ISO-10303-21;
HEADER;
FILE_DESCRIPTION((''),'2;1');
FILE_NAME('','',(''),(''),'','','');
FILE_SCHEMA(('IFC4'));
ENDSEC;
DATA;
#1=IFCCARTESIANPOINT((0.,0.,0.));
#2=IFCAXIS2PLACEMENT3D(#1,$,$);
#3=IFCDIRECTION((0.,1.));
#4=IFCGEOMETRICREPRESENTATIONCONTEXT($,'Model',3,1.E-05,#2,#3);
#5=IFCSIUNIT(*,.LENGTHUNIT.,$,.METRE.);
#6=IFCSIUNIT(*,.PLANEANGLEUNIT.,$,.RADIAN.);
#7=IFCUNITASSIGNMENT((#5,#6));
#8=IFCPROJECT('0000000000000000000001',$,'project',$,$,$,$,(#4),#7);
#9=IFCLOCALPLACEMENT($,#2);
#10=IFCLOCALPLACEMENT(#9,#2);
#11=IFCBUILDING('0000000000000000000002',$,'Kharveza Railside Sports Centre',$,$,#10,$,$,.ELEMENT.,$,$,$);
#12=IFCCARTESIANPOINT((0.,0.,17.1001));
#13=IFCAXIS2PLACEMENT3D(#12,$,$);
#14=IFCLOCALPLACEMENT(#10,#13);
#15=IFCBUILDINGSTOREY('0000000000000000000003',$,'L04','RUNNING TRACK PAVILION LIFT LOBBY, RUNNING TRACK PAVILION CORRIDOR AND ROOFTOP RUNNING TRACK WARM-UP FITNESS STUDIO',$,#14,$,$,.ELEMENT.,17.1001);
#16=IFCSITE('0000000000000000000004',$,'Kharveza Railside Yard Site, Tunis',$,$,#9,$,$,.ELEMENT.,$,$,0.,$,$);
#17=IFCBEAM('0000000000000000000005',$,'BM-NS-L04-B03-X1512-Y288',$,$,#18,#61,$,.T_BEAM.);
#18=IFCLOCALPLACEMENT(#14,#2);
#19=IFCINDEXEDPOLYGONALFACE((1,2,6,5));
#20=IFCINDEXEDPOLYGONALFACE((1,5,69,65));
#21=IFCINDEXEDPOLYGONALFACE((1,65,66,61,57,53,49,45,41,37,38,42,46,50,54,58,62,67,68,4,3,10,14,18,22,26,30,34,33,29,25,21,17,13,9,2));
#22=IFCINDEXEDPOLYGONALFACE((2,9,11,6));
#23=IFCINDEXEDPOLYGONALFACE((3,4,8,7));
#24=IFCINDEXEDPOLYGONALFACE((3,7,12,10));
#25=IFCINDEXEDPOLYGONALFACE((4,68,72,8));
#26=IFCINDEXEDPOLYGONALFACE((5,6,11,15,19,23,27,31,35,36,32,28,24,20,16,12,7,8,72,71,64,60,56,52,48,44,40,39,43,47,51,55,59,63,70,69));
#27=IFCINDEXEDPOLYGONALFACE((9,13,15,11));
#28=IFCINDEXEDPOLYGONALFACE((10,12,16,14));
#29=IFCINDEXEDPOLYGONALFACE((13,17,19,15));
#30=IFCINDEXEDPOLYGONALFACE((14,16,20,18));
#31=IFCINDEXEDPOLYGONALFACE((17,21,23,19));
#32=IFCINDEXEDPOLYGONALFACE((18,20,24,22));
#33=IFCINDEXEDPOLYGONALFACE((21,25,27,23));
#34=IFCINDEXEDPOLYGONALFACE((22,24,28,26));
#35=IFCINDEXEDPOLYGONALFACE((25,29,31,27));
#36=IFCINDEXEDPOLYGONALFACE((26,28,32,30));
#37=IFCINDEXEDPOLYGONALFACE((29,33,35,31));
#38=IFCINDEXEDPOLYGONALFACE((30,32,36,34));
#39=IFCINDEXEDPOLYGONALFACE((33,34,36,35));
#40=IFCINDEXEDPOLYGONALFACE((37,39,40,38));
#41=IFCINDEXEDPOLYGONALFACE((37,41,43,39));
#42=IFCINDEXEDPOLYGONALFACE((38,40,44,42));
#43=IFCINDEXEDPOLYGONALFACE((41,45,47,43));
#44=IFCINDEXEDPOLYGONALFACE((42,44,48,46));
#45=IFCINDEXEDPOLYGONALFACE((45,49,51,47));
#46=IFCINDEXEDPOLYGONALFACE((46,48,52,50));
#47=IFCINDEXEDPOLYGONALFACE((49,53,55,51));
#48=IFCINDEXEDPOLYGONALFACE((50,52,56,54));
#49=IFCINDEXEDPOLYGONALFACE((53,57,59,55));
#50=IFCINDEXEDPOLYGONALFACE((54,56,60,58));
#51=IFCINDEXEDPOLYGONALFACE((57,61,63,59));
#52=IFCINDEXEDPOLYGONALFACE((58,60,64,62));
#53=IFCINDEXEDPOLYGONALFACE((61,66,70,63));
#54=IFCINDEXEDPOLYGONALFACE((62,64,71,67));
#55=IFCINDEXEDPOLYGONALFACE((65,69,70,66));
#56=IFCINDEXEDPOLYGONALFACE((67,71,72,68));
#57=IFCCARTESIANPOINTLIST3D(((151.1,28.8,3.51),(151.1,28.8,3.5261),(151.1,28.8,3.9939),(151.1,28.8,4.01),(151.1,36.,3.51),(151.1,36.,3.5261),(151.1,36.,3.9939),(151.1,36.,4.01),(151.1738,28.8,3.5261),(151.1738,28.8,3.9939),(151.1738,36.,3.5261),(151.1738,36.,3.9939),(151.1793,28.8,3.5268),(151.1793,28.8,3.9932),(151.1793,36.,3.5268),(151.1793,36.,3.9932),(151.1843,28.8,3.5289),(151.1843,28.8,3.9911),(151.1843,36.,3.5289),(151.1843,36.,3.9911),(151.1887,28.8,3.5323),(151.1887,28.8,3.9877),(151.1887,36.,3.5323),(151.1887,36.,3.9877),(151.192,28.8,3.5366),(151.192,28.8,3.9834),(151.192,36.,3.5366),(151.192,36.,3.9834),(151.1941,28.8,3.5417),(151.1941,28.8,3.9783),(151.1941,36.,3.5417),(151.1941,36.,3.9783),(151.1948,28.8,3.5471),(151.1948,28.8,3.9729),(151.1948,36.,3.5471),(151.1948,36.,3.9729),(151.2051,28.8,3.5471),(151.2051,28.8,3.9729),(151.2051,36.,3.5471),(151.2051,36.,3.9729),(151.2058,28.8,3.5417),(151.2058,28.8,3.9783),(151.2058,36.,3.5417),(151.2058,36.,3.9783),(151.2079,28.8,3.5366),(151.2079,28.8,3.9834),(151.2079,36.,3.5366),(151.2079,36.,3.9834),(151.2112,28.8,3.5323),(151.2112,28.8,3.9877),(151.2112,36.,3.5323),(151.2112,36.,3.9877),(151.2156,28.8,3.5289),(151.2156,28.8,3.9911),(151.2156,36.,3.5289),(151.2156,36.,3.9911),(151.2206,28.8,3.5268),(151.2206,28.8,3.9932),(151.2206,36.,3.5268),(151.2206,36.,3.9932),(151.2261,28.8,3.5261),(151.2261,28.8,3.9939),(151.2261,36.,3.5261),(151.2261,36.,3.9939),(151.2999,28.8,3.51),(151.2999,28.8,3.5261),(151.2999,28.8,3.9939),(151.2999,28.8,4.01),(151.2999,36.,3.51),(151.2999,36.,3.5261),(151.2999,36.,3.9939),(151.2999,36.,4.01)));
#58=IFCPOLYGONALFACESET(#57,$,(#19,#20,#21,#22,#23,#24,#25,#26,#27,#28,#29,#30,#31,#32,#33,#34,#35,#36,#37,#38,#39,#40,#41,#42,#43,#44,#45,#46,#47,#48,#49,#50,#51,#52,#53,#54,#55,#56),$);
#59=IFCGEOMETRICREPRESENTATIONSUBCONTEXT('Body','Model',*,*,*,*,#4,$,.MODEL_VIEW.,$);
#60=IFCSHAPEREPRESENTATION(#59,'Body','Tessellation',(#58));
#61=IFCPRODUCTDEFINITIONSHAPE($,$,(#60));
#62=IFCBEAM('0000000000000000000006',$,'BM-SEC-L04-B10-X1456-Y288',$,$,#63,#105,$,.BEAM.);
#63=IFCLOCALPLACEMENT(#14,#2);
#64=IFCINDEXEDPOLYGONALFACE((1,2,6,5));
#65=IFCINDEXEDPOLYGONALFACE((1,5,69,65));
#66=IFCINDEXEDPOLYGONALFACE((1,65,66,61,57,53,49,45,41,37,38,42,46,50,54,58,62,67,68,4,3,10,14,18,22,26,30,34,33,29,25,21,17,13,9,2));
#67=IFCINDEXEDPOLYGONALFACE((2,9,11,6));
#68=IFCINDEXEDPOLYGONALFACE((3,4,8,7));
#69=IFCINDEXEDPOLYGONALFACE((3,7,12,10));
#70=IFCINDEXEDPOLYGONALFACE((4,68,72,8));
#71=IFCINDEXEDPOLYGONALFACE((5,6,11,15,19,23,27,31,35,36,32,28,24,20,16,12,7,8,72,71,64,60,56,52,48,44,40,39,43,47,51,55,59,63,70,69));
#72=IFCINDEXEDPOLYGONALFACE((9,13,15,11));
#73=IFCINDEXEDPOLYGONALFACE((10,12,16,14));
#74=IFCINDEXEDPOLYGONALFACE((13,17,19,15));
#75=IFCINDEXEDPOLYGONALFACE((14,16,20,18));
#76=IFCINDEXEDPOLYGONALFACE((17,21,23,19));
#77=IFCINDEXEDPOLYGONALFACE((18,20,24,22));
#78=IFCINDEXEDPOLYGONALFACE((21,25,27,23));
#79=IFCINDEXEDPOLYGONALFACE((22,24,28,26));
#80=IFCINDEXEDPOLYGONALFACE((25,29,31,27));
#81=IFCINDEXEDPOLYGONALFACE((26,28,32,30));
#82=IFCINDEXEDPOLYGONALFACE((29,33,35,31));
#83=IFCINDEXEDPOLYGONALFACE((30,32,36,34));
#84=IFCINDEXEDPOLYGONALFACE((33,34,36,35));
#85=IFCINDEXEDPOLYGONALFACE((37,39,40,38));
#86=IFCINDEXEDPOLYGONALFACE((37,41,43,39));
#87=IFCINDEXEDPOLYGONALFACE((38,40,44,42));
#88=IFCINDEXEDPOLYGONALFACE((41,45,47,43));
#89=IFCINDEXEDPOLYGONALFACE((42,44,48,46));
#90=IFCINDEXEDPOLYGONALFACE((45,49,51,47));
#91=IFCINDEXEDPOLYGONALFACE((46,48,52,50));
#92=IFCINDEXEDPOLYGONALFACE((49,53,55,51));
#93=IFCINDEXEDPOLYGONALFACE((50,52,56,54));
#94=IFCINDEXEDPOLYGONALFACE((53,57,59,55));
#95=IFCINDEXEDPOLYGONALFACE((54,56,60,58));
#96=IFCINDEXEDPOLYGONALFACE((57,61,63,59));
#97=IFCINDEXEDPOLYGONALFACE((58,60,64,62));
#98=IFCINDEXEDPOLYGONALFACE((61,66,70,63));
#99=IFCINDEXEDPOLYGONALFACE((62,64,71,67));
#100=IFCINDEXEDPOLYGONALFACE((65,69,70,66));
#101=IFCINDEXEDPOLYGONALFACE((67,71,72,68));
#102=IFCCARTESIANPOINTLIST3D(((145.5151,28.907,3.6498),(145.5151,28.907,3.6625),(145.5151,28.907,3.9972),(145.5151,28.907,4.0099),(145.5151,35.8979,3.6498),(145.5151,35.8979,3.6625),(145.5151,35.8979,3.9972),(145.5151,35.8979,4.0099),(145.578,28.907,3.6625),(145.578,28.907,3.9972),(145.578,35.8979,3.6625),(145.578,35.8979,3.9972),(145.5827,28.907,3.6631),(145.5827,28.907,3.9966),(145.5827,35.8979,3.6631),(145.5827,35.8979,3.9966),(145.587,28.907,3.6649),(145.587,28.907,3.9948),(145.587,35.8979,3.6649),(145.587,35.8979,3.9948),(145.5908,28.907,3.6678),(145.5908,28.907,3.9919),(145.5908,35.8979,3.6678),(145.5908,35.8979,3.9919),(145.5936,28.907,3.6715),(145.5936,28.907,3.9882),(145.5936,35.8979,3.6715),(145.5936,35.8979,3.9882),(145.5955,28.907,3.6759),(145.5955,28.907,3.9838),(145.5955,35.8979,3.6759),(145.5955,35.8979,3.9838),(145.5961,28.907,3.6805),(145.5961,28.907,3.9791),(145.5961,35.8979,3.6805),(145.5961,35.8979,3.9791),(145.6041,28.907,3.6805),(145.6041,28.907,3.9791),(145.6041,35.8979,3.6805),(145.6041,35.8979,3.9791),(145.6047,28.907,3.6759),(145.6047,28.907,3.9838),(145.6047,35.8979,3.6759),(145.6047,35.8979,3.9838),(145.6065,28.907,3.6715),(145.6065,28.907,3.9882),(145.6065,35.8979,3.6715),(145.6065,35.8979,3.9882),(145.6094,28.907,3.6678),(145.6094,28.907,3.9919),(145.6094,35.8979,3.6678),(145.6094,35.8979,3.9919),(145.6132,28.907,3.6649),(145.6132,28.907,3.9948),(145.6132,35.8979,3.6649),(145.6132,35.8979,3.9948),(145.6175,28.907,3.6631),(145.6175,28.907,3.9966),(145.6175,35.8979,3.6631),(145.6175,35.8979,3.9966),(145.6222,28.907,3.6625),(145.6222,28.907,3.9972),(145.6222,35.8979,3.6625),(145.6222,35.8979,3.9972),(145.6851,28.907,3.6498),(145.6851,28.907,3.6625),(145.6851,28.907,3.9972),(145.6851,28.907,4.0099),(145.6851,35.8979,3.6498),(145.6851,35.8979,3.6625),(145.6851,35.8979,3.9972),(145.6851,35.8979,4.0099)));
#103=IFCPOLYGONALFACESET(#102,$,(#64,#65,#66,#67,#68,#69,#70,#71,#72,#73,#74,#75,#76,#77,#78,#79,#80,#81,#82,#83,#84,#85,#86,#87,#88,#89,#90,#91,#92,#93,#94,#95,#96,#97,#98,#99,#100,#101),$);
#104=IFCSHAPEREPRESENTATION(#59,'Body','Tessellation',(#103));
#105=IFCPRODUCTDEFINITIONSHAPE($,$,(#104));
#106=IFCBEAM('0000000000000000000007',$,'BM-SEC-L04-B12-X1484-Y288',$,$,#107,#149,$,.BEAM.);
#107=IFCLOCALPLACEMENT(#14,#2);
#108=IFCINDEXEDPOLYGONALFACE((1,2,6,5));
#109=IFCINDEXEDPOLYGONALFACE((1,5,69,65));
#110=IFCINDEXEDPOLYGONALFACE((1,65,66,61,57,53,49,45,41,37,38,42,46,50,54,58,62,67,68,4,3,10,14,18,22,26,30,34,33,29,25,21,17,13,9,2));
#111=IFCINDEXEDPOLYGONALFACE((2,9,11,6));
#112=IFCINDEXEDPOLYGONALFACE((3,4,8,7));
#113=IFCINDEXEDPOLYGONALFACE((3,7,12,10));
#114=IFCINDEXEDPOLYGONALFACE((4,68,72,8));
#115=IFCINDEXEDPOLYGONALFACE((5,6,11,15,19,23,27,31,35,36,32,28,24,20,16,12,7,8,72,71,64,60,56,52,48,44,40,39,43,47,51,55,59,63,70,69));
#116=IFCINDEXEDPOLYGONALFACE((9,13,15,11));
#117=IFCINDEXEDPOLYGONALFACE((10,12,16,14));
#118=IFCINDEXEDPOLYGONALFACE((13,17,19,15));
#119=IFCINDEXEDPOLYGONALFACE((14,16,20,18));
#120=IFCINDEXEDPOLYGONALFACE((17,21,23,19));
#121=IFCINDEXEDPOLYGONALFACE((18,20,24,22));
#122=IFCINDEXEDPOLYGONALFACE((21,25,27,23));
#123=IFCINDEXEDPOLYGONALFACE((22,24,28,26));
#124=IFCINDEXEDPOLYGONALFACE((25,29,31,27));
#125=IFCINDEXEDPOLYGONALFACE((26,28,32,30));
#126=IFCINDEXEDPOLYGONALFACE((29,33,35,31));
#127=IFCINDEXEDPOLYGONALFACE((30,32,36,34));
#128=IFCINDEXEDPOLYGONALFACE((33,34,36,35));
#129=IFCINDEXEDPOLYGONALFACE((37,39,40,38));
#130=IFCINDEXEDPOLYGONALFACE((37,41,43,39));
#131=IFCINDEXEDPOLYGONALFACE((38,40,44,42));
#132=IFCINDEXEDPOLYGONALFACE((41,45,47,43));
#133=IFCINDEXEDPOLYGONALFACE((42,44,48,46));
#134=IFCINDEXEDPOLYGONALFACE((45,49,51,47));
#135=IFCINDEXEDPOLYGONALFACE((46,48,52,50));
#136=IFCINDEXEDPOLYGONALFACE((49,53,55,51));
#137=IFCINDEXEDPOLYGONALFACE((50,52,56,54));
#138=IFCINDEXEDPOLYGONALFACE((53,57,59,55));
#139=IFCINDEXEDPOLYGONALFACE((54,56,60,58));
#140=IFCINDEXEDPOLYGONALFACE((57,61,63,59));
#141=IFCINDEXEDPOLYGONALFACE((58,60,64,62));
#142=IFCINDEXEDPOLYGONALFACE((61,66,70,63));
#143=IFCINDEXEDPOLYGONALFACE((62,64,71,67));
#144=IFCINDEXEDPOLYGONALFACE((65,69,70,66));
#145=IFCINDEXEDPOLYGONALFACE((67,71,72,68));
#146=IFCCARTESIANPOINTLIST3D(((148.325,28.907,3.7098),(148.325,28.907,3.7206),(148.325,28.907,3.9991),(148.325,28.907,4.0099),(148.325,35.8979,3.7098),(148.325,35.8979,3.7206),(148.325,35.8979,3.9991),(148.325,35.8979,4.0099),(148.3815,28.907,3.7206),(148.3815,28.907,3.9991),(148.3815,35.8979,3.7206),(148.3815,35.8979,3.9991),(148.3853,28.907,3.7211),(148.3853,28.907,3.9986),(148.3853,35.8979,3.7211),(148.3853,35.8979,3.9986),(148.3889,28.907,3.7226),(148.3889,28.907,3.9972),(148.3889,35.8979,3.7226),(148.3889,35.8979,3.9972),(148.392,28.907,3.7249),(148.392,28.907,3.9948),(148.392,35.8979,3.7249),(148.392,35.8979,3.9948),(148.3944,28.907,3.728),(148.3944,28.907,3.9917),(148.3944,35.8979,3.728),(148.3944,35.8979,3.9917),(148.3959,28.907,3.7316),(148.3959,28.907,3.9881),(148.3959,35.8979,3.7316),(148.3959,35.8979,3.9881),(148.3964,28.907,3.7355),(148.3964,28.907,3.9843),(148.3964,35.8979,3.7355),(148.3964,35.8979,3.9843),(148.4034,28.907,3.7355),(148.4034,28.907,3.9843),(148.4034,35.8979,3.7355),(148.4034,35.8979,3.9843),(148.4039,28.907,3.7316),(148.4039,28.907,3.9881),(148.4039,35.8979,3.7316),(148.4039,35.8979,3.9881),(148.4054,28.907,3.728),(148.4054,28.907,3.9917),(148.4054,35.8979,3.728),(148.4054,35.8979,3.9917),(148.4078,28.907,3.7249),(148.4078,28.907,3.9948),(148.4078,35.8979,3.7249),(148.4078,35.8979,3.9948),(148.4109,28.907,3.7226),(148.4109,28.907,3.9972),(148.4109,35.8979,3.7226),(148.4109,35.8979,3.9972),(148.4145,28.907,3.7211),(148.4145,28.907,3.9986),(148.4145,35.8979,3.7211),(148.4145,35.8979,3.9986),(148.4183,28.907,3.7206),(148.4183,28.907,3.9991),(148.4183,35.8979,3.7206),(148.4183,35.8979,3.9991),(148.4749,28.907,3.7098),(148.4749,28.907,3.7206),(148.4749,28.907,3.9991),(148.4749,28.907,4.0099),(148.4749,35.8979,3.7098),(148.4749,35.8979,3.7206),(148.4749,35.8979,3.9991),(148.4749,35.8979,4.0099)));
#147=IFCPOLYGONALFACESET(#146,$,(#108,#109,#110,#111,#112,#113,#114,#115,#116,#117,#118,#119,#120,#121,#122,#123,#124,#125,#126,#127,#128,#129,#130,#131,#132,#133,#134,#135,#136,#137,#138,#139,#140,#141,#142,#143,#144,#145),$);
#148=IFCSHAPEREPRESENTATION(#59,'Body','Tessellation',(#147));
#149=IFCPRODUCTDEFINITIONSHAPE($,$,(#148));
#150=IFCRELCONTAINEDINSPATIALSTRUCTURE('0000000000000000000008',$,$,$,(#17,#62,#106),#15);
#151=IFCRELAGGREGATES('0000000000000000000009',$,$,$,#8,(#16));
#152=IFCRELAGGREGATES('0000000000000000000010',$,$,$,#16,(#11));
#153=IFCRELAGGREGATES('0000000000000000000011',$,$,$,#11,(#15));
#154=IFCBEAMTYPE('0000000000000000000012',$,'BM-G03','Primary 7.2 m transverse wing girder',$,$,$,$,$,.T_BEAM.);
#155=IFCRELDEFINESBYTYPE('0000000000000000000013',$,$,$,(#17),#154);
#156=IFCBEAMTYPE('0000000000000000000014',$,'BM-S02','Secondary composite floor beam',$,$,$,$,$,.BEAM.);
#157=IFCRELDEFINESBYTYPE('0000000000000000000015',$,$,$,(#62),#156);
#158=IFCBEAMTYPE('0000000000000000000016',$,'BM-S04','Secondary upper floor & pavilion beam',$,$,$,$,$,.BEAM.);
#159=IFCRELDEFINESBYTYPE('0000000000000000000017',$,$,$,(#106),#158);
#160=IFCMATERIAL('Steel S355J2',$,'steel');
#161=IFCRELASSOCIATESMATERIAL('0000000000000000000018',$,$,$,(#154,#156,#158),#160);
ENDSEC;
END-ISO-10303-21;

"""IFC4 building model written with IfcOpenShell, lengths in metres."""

from ifc_helpers import new_model, si_unit, direction, frame, origin, origin_2d, place, context, subcontext, project, spatial, i_section, extrude, material, material_profile, profile_set, type_object, element, save


model = new_model("IFC4")

# Units and contexts
model_context = context("Model", 3, precision=1e-05, world=origin(), true_north=direction((0.0, 1.0)))
body_context = subcontext(model_context, "Body", "Model", "MODEL_VIEW")
ifc_project = project(units=[si_unit("LENGTHUNIT", "METRE"), si_unit("PLANEANGLEUNIT", "RADIAN")], contexts=[model_context])

# Site, building, storey
site_placement = place(None, origin())
site = spatial("IfcSite", under=ifc_project, at=site_placement, Name="Kharveza Railside Yard Site, Tunis", CompositionType="ELEMENT", RefElevation=0.0)
building_placement = place(site_placement, origin())
building = spatial("IfcBuilding", under=site, at=building_placement, Name="Kharveza Railside Sports Centre", CompositionType="ELEMENT")
storey_placement = place(building_placement, frame((0.0, 0.0, 17.1001)))
storey = spatial("IfcBuildingStorey", under=building, at=storey_placement, Name="L04", Description="RUNNING TRACK PAVILION LIFT LOBBY, RUNNING TRACK PAVILION CORRIDOR AND ROOFTOP RUNNING TRACK WARM-UP FITNESS STUDIO", CompositionType="ELEMENT", Elevation=17.1001)

# Shared definitions
ifc_material_1 = material(Name="Steel S355J2", Category="steel")

# Beams
ifc_material_profile_1 = material_profile(ifc_material_1, i_section(OverallWidth=0.2, OverallDepth=0.5, WebThickness=0.0103, FlangeThickness=0.0161, FilletRadius=0.021, at=origin_2d()), Name="IPE 500")
ifc_profile_set_1 = profile_set([ifc_material_profile_1], Name="Steel S355J2")
beam_type_1 = type_object("IfcBeamType", Name="BM-G03", Description="Primary 7.2 m transverse wing girder", PredefinedType="T_BEAM", material=ifc_profile_set_1)
beam_1_placement = place(storey_placement, frame((151.2, 28.8, 3.76), z_axis=(0.0, 1.0, 0.0), x_axis=(-1.0, 0.0, 0.0)))
element("IfcBeam", 1, at=beam_1_placement, inside=storey, type_object=beam_type_1, Name="BM-NS-L04-B03-X1512-Y288", PredefinedType="T_BEAM", context=body_context, shape_type="SweptSolid", body=[
    extrude(i_section(OverallWidth=0.2, OverallDepth=0.5, WebThickness=0.0103, FlangeThickness=0.0161, FilletRadius=0.021, at=origin_2d()), origin(), (0.0, 0.0, 1.0), 7.2),
])
ifc_material_profile_2 = material_profile(ifc_material_1, i_section(OverallWidth=0.1699, OverallDepth=0.3601, WebThickness=0.0081, FlangeThickness=0.0127, FilletRadius=0.0181, at=origin_2d()), Name="IPE 360")
ifc_profile_set_2 = profile_set([ifc_material_profile_2], Name="Steel S355J2")
beam_type_2 = type_object("IfcBeamType", Name="BM-S02", Description="Secondary composite floor beam", PredefinedType="BEAM", material=ifc_profile_set_2)
beam_2_placement = place(storey_placement, frame((145.6001, 28.907, 3.8298), z_axis=(0.0, 1.0, 0.0), x_axis=(-1.0, 0.0, 0.0)))
element("IfcBeam", 2, at=beam_2_placement, inside=storey, type_object=beam_type_2, Name="BM-SEC-L04-B10-X1456-Y288", PredefinedType="BEAM", context=body_context, shape_type="SweptSolid", body=[
    extrude(i_section(OverallWidth=0.1699, OverallDepth=0.3601, WebThickness=0.0081, FlangeThickness=0.0127, FilletRadius=0.0181, at=origin_2d()), origin(), (0.0, 0.0, 1.0), 6.991),
])
ifc_material_profile_3 = material_profile(ifc_material_1, i_section(OverallWidth=0.1499, OverallDepth=0.3, WebThickness=0.0071, FlangeThickness=0.0107, FilletRadius=0.0149, at=origin_2d()), Name="IPE 300")
ifc_profile_set_3 = profile_set([ifc_material_profile_3], Name="Steel S355J2")
beam_type_3 = type_object("IfcBeamType", Name="BM-S04", Description="Secondary upper floor & pavilion beam", PredefinedType="BEAM", material=ifc_profile_set_3)
beam_3_placement = place(storey_placement, frame((148.3999, 28.907, 3.8599), z_axis=(0.0, 1.0, 0.0), x_axis=(-1.0, 0.0, 0.0)))
element("IfcBeam", 3, at=beam_3_placement, inside=storey, type_object=beam_type_3, Name="BM-SEC-L04-B12-X1484-Y288", PredefinedType="BEAM", context=body_context, shape_type="SweptSolid", body=[
    extrude(i_section(OverallWidth=0.1499, OverallDepth=0.3, WebThickness=0.0071, FlangeThickness=0.0107, FilletRadius=0.0149, at=origin_2d()), origin(), (0.0, 0.0, 1.0), 6.991),
])

save(model, "model.ifc")
